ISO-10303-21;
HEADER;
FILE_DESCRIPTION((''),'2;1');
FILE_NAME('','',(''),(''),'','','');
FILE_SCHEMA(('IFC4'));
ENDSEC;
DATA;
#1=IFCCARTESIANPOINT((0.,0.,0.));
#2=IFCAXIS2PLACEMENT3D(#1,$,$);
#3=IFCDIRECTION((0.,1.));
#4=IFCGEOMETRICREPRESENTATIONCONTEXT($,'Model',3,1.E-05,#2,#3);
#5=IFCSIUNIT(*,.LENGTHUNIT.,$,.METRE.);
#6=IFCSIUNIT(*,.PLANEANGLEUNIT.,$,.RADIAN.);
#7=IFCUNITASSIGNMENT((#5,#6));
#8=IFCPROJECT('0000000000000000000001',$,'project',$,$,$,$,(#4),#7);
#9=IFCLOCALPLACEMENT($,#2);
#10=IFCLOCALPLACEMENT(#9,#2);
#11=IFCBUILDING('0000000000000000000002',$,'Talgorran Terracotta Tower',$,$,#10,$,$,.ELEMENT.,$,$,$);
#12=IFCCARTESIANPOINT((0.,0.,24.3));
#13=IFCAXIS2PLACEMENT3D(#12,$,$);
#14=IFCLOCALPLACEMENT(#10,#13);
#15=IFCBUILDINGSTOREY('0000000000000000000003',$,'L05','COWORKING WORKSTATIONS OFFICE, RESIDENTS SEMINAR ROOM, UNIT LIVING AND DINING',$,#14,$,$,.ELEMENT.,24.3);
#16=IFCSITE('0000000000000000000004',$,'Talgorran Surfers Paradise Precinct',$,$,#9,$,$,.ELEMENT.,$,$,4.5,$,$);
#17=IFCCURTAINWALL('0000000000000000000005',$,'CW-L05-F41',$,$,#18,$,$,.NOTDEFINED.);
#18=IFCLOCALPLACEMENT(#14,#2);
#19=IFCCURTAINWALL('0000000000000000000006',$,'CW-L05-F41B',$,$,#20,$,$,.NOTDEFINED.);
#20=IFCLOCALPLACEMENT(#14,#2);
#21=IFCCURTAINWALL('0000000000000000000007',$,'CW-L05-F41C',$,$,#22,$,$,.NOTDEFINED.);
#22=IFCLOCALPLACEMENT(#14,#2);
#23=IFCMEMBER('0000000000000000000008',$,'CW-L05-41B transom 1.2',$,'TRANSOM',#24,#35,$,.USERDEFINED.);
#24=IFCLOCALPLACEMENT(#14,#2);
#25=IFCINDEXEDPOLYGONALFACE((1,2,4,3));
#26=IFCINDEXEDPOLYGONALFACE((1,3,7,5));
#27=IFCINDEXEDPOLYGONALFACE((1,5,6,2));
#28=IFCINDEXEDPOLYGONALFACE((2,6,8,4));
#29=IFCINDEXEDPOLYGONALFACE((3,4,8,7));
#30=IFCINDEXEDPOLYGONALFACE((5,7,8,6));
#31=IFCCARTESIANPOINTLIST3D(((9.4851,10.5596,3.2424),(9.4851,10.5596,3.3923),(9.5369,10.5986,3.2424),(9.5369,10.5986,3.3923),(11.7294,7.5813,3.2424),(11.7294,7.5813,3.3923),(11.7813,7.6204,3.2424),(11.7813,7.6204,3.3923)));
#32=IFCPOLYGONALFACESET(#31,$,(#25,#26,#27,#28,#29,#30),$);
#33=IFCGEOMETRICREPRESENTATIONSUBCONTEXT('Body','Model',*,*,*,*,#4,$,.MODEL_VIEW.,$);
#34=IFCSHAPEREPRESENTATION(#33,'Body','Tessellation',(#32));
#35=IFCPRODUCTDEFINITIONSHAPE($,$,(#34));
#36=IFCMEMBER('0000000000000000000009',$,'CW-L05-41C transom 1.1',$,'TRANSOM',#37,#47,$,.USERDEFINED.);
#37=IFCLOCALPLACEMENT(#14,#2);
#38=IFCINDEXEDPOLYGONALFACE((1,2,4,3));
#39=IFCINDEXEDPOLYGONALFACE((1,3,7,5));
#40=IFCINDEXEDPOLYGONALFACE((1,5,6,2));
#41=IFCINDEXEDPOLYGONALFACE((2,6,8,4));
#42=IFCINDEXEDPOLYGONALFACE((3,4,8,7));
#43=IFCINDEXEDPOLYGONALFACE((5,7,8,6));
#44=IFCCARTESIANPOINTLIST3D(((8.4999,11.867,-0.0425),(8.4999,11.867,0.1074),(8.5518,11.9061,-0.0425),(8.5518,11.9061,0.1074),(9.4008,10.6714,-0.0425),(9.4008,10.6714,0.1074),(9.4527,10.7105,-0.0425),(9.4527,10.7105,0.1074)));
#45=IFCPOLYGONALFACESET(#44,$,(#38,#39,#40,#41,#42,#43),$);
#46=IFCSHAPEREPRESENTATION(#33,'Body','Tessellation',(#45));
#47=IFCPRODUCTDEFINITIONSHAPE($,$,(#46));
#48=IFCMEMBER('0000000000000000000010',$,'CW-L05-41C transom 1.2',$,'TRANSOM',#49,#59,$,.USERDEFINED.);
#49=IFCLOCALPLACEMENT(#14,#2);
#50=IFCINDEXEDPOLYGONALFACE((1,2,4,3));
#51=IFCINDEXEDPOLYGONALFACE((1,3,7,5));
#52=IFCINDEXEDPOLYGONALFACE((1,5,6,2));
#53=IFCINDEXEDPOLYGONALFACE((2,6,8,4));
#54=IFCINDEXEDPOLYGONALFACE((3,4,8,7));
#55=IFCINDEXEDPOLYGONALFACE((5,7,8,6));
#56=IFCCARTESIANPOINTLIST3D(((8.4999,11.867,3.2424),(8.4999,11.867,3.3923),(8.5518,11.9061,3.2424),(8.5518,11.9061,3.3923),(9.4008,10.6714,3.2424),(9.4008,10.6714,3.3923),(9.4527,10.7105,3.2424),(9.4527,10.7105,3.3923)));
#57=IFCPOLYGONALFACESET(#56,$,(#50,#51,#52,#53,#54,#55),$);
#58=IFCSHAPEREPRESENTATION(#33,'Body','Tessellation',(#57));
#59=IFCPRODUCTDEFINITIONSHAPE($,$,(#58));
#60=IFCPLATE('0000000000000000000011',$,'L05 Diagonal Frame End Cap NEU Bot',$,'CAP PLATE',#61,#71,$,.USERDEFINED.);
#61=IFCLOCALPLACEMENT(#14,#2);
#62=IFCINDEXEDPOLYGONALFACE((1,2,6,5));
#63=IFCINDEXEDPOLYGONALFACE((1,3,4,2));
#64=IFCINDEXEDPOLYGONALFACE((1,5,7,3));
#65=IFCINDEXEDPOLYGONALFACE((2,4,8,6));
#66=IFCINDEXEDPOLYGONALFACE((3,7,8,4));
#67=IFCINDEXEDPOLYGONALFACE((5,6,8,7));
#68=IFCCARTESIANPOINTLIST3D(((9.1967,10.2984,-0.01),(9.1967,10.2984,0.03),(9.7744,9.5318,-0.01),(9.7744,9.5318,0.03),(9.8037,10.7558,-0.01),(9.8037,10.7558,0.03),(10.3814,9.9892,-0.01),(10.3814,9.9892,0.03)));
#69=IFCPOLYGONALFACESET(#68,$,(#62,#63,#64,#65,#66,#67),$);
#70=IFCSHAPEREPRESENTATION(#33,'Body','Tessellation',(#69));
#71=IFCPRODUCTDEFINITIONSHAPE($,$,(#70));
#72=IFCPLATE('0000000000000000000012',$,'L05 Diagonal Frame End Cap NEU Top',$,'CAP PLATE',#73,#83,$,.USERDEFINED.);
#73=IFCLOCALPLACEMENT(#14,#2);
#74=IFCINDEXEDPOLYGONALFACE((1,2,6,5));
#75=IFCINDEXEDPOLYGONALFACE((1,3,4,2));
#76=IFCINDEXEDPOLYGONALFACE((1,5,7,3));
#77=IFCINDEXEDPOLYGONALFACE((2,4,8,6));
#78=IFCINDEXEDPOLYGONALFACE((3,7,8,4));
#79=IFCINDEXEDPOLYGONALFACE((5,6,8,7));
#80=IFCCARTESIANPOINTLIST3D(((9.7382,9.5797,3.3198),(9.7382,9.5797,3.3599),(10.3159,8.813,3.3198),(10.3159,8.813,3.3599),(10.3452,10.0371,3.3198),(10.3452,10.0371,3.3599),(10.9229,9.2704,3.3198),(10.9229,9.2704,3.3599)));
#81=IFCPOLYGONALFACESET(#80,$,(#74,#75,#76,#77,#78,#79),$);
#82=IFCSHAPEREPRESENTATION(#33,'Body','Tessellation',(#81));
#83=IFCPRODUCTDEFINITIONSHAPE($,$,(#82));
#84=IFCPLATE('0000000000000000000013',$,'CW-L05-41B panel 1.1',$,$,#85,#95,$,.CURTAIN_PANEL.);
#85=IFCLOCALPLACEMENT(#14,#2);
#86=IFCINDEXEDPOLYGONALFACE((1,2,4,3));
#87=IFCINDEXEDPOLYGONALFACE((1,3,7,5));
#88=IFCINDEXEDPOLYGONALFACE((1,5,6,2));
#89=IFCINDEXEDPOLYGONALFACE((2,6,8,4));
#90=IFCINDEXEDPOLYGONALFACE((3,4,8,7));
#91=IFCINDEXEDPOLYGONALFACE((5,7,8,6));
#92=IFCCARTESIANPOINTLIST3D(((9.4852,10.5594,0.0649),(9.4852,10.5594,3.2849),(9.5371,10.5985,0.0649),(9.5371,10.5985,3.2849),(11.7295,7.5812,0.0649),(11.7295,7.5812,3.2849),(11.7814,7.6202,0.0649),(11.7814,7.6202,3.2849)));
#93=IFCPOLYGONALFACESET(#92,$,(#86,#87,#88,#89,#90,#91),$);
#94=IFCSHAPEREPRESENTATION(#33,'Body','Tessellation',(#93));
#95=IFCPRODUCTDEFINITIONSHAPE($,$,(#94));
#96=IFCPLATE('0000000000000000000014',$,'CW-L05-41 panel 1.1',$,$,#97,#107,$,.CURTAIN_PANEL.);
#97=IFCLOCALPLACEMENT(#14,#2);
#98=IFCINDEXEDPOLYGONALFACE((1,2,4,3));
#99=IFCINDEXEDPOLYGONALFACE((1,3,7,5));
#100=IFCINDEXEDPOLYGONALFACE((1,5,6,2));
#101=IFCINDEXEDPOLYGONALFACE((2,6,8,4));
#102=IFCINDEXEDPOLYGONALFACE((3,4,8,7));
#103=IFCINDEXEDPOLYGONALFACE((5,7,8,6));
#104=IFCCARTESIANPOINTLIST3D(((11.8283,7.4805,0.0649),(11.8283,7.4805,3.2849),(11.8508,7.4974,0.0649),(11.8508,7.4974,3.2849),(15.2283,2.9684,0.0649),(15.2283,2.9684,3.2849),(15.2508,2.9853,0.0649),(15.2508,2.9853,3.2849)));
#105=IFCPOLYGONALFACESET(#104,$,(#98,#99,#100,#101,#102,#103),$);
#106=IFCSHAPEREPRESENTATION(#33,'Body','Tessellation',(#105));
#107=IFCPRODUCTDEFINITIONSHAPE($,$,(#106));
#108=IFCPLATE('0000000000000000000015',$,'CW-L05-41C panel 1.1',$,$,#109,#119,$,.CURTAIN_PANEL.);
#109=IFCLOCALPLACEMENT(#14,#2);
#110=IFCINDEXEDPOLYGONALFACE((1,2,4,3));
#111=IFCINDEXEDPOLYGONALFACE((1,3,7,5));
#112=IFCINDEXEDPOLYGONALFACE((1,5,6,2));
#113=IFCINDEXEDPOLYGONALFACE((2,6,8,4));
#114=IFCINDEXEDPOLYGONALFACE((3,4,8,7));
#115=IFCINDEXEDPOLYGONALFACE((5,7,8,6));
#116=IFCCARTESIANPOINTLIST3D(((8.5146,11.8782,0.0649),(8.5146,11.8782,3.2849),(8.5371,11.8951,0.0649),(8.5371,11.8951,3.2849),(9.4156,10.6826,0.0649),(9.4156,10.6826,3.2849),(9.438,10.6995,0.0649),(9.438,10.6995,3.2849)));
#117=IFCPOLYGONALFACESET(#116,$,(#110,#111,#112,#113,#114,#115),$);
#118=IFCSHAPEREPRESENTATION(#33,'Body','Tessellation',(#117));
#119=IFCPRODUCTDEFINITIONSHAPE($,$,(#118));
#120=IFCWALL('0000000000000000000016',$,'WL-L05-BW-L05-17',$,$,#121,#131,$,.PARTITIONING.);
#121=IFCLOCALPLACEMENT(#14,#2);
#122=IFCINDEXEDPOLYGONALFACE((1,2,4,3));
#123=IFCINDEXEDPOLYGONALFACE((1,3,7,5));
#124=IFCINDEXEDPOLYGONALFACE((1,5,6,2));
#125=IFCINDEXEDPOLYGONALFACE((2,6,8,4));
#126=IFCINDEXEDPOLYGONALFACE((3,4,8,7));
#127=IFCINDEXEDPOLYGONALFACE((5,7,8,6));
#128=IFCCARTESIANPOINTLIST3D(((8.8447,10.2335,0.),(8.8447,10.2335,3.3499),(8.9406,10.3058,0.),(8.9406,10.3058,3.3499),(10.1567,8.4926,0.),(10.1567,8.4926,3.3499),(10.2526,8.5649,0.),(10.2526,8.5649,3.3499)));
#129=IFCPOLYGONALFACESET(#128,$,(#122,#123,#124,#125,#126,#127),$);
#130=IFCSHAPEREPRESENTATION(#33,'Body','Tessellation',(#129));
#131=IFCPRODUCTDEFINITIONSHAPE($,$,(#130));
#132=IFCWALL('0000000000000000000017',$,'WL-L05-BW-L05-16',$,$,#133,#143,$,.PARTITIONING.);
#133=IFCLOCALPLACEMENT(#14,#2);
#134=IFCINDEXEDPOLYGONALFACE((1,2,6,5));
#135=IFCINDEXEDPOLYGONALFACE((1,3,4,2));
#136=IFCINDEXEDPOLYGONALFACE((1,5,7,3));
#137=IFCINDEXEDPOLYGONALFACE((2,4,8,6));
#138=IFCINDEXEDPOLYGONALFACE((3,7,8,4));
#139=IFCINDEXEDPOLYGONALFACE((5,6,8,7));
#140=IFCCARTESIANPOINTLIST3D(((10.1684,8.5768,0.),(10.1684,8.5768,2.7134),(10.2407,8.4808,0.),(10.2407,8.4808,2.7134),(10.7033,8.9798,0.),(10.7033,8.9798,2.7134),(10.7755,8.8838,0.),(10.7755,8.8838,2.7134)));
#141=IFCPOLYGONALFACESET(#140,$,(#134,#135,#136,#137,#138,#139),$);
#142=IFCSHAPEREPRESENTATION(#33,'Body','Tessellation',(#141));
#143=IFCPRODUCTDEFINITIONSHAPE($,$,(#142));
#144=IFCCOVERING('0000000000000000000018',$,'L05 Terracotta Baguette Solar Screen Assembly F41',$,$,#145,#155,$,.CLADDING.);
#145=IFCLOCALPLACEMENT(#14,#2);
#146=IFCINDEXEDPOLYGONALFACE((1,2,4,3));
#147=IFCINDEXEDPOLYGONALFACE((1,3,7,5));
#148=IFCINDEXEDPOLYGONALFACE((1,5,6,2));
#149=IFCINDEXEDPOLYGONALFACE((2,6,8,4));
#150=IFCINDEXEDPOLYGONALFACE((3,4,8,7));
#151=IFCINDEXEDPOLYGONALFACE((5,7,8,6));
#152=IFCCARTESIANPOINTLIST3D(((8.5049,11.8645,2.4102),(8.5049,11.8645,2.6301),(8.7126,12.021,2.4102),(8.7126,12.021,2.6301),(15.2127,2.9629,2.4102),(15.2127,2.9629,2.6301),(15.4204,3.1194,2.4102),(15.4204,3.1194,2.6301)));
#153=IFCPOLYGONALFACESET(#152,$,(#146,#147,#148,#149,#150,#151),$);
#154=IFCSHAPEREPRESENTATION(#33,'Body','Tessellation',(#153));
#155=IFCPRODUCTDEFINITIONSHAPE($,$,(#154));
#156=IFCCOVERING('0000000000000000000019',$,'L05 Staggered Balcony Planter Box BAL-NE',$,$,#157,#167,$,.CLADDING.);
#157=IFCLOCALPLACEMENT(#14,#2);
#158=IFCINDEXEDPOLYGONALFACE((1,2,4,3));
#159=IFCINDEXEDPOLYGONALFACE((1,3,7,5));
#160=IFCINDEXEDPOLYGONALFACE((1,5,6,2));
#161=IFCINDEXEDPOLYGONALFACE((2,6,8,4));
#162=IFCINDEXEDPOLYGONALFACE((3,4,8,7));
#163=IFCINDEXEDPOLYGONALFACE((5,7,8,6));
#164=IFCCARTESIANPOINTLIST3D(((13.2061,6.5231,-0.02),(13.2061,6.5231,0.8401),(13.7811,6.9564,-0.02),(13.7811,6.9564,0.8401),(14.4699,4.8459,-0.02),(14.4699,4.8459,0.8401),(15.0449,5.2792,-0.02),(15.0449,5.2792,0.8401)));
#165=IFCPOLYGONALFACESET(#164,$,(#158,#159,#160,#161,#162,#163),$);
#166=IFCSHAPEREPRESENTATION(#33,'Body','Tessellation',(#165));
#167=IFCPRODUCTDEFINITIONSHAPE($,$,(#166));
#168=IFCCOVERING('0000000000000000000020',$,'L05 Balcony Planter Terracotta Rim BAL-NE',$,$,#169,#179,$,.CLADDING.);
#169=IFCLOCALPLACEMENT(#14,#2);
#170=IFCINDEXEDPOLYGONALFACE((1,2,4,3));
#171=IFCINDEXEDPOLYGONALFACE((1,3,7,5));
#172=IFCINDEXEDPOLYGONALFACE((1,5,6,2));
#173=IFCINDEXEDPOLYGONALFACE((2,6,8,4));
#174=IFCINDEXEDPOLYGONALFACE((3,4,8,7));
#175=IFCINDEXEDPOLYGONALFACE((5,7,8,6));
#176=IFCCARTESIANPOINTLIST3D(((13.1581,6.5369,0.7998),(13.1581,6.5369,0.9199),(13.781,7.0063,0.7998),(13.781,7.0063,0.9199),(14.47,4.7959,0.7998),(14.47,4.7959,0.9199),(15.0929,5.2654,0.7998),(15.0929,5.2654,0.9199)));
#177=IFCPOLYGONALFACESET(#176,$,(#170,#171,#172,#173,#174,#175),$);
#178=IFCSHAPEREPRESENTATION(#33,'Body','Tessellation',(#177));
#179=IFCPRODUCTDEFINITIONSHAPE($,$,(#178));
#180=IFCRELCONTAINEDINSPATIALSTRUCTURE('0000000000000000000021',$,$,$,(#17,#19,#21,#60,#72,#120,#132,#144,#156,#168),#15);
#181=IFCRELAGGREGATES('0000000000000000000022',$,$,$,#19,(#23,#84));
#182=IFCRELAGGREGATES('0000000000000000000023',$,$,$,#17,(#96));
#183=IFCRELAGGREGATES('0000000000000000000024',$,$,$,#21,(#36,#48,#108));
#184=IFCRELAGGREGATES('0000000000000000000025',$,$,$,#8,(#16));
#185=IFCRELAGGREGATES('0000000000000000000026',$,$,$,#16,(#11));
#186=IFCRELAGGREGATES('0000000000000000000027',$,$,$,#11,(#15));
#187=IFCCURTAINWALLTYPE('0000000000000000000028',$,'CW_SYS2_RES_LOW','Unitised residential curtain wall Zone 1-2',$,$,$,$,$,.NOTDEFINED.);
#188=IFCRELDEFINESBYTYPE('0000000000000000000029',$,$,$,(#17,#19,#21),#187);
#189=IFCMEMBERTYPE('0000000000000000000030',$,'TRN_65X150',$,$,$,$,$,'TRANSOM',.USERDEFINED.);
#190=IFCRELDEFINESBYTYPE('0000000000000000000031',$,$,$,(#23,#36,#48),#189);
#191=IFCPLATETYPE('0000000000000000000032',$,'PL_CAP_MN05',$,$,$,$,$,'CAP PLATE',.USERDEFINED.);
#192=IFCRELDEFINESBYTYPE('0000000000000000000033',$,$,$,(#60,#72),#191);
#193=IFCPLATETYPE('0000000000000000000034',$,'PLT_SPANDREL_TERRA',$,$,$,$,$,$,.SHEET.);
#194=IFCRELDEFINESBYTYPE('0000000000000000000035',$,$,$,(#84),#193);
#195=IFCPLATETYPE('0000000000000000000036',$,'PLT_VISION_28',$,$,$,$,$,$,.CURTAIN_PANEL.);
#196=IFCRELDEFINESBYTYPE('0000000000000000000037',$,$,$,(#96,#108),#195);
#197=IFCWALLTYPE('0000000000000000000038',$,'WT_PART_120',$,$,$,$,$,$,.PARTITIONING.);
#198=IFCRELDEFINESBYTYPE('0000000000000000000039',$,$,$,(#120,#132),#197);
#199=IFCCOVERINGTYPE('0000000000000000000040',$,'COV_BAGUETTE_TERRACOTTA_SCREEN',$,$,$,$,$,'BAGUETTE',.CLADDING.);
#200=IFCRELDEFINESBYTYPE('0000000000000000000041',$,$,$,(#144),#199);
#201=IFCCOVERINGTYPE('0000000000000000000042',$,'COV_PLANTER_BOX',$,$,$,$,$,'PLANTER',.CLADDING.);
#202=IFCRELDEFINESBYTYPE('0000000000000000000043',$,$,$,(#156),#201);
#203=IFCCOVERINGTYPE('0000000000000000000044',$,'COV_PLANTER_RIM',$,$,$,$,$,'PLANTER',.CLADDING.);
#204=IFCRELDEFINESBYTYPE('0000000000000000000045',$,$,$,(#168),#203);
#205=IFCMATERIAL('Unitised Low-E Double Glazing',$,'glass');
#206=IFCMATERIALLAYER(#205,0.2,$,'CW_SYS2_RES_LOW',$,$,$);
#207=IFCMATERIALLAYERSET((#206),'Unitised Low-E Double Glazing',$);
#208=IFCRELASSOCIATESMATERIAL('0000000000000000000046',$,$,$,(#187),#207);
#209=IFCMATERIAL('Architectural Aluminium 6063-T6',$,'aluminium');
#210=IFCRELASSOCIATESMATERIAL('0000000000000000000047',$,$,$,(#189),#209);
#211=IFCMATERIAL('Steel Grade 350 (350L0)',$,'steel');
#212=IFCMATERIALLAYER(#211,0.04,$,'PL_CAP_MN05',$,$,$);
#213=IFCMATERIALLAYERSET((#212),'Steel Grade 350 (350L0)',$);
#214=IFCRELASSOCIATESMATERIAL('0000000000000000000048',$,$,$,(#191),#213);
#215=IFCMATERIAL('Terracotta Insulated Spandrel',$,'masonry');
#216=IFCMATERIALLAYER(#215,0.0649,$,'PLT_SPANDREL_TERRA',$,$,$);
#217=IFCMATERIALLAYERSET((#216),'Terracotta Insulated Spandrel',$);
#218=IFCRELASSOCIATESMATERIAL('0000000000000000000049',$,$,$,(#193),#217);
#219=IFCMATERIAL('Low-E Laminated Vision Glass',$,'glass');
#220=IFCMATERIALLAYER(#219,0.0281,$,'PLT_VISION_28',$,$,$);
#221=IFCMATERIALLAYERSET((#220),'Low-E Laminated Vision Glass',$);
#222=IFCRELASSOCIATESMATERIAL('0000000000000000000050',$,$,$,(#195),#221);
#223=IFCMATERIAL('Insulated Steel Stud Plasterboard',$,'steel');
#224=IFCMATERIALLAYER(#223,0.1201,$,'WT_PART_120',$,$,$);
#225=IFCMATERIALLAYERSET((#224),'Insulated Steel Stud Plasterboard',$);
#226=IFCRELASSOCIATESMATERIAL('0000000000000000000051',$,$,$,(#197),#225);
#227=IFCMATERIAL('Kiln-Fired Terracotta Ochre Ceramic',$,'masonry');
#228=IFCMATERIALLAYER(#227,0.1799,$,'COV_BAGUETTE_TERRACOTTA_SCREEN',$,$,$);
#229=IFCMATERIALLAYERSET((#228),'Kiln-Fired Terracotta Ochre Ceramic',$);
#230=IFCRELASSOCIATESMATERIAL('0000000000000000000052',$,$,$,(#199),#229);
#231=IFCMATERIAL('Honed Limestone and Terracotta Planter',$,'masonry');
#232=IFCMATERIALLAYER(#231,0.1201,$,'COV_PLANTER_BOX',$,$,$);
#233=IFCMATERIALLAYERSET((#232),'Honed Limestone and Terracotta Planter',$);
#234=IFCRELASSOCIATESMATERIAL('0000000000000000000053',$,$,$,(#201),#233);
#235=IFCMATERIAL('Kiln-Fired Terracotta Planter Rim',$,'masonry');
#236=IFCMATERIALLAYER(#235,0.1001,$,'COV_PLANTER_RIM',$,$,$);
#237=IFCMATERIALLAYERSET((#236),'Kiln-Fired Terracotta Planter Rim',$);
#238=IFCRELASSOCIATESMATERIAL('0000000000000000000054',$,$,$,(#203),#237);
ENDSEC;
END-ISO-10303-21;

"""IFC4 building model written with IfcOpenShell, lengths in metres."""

from ifc_helpers import new_model, si_unit, direction, frame, frame_2d, origin, origin_2d, place, context, subcontext, project, spatial, rectangle, extrude, source, transform, mapped, material, layer, layer_set, material_profile, profile_set, type_object, type_shapes, element, aggregate, save


model = new_model("IFC4")

# Units and contexts
model_context = context("Model", 3, precision=1e-05, world=origin(), true_north=direction((0.0, 1.0)))
body_context = subcontext(model_context, "Body", "Model", "MODEL_VIEW")
ifc_project = project(units=[si_unit("LENGTHUNIT", "METRE"), si_unit("PLANEANGLEUNIT", "RADIAN")], contexts=[model_context])

# Site, building, storey
site_placement = place(None, origin())
site = spatial("IfcSite", under=ifc_project, at=site_placement, Name="Talgorran Surfers Paradise Precinct", CompositionType="ELEMENT", RefElevation=4.5)
building_placement = place(site_placement, origin())
building = spatial("IfcBuilding", under=site, at=building_placement, Name="Talgorran Terracotta Tower", CompositionType="ELEMENT")
storey_placement = place(building_placement, frame((0.0, 0.0, 24.3)))
storey = spatial("IfcBuildingStorey", under=building, at=storey_placement, Name="L05", Description="COWORKING WORKSTATIONS OFFICE, RESIDENTS SEMINAR ROOM, UNIT LIVING AND DINING", CompositionType="ELEMENT", Elevation=24.3)

# Shared definitions
ifc_material_1 = material(Name="Steel Grade 350 (350L0)", Category="steel")

# Curtain wall
ifc_material_2 = material(Name="Unitised Low-E Double Glazing", Category="glass")
ifc_layer_1 = layer(ifc_material_2, 0.2, Name="CW_SYS2_RES_LOW")
ifc_layer_set_1 = layer_set([ifc_layer_1], Name="Unitised Low-E Double Glazing")
curtain_wall_type = type_object("IfcCurtainWallType", Name="CW_SYS2_RES_LOW", Description="Unitised residential curtain wall Zone 1-2", PredefinedType="NOTDEFINED", material=ifc_layer_set_1)
curtain_wall_1_placement = place(storey_placement, origin())
curtain_wall_1 = element("IfcCurtainWall", 1, at=curtain_wall_1_placement, inside=storey, type_object=curtain_wall_type, Name="CW-L05-F41", PredefinedType="NOTDEFINED")
ifc_material_3 = material(Name="Architectural Aluminium 6063-T6", Category="aluminium")

# Curtain wall
curtain_wall_2_placement = place(storey_placement, origin())
curtain_wall_2 = element("IfcCurtainWall", 2, at=curtain_wall_2_placement, inside=storey, type_object=curtain_wall_type, Name="CW-L05-F41B", PredefinedType="NOTDEFINED")

# Curtain wall
curtain_wall_3_placement = place(storey_placement, origin())
curtain_wall_3 = element("IfcCurtainWall", 3, at=curtain_wall_3_placement, inside=storey, type_object=curtain_wall_type, Name="CW-L05-F41C", PredefinedType="NOTDEFINED")

# Members
ifc_material_profile_1 = material_profile(ifc_material_3, rectangle(XDim=0.0649, YDim=0.1499, at=origin_2d()), Name="CWT65X150")
ifc_profile_set_1 = profile_set([ifc_material_profile_1], Name="Architectural Aluminium 6063-T6")
member_type_1 = type_object("IfcMemberType", Name="TRN_65X150", ElementType="TRANSOM", PredefinedType="USERDEFINED", material=ifc_profile_set_1)
member_1_placement = place(storey_placement, frame((11.7554, 7.6008, 3.3174), z_axis=(-0.601831, 0.798623, 0.0), x_axis=(-0.798623, -0.601831, 0.0)))
member_1 = element("IfcMember", 4, at=member_1_placement, type_object=member_type_1, Name="CW-L05-41B transom 1.2", ObjectType="TRANSOM", PredefinedType="USERDEFINED", context=body_context, shape_type="SweptSolid", body=[
    extrude(rectangle(XDim=0.0649, YDim=0.1499, at=origin_2d()), origin(), (0.0, 0.0, 1.0), 3.7292),
])
member_2_placement = place(storey_placement, frame((9.4268, 10.6909, 0.0325), z_axis=(-0.601799, 0.798648, 0.0), x_axis=(-0.798648, -0.601799, 0.0)))
member_2 = element("IfcMember", 5, at=member_2_placement, type_object=member_type_1, Name="CW-L05-41C transom 1.1", ObjectType="TRANSOM", PredefinedType="USERDEFINED", context=body_context, shape_type="SweptSolid", body=[
    extrude(rectangle(XDim=0.0649, YDim=0.1499, at=origin_2d()), origin(), (0.0, 0.0, 1.0), 1.4971),
])
member_3_placement = place(storey_placement, frame((9.4268, 10.6909, 3.3174), z_axis=(-0.601799, 0.798648, 0.0), x_axis=(-0.798648, -0.601799, 0.0)))
member_3 = element("IfcMember", 6, at=member_3_placement, type_object=member_type_1, Name="CW-L05-41C transom 1.2", ObjectType="TRANSOM", PredefinedType="USERDEFINED", context=body_context, shape_type="SweptSolid", body=[
    extrude(rectangle(XDim=0.0649, YDim=0.1499, at=origin_2d()), origin(), (0.0, 0.0, 1.0), 1.4971),
])

# Plates
ifc_layer_2 = layer(ifc_material_1, 0.04, Name="PL_CAP_MN05")
ifc_layer_set_2 = layer_set([ifc_layer_2], Name="Steel Grade 350 (350L0)")
plate_type_1 = type_object("IfcPlateType", Name="PL_CAP_MN05", ElementType="CAP PLATE", PredefinedType="USERDEFINED", material=ifc_layer_set_2)
for number, where, z_axis, x_axis, name in (
    (7, (9.7891, 10.1438, -0.01), (0.0, 0.0, 1.0), (0.601815, -0.798636, 0.0), "L05 Diagonal Frame End Cap NEU Bot"),
    (8, (10.3306, 9.425, 3.3198), (0.0, 0.0, 1.0), (0.601815, -0.798636, 0.0), "L05 Diagonal Frame End Cap NEU Top"),
):
    element("IfcPlate", number, at=place(storey_placement, frame(where, z_axis=z_axis, x_axis=x_axis)), inside=storey, type_object=plate_type_1, Name=name, ObjectType="CAP PLATE", PredefinedType="USERDEFINED", context=body_context, shape_type="SweptSolid", body=[
        extrude(rectangle(XDim=0.96, YDim=0.76, at=origin_2d()), origin(), (0.0, 0.0, 1.0), 0.04),
    ])

# Plates
ifc_material_4 = material(Name="Terracotta Insulated Spandrel", Category="masonry")
ifc_layer_3 = layer(ifc_material_4, 0.0649, Name="PLT_SPANDREL_TERRA")
ifc_layer_set_3 = layer_set([ifc_layer_3], Name="Terracotta Insulated Spandrel")
plate_type_2 = type_object("IfcPlateType", Name="PLT_SPANDREL_TERRA", PredefinedType="SHEET", material=ifc_layer_set_3)
shared_shape_1 = source(origin(), body_context, "Body", "SweptSolid", [
    extrude(rectangle(XDim=3.7292, YDim=0.0649, at=origin_2d()), origin(), (0.0, 0.0, 1.0), 3.22),
])
type_shapes(plate_type_2, [shared_shape_1])
plate_1_placement = place(storey_placement, frame((10.6333, 9.0898, 0.0649), z_axis=(0.0, 0.0, 1.0), x_axis=(-0.601827, 0.798627, 0.0)))
plate_1 = element("IfcPlate", 9, at=plate_1_placement, type_object=plate_type_2, Name="CW-L05-41B panel 1.1", PredefinedType="CURTAIN_PANEL", context=body_context, shape_type="MappedRepresentation", body=[
    mapped(shared_shape_1, transform((0.0, 0.0, 0.0), scale=1.0)),
])
aggregate(curtain_wall_2, [member_1, plate_1])
ifc_material_5 = material(Name="Low-E Laminated Vision Glass", Category="glass")
ifc_layer_4 = layer(ifc_material_5, 0.0281, Name="PLT_VISION_28")
ifc_layer_set_4 = layer_set([ifc_layer_4], Name="Low-E Laminated Vision Glass")
plate_type_3 = type_object("IfcPlateType", Name="PLT_VISION_28", PredefinedType="CURTAIN_PANEL", material=ifc_layer_set_4)
shared_shape_2 = source(origin(), body_context, "Body", "SweptSolid", [
    extrude(rectangle(XDim=5.6497, YDim=0.0281, at=origin_2d()), origin(), (0.0, 0.0, 1.0), 3.22),
])
plate_2_placement = place(storey_placement, frame((13.5396, 5.2329, 0.0649), z_axis=(0.0, 0.0, 1.0), x_axis=(-0.601809, 0.79864, 0.0)))
plate_2 = element("IfcPlate", 10, at=plate_2_placement, type_object=plate_type_3, Name="CW-L05-41 panel 1.1", PredefinedType="CURTAIN_PANEL", context=body_context, shape_type="MappedRepresentation", body=[
    mapped(shared_shape_2, transform((0.0, 0.0, 0.0), scale=1.0)),
])
aggregate(curtain_wall_1, [plate_2])
shared_shape_3 = source(origin(), body_context, "Body", "SweptSolid", [
    extrude(rectangle(XDim=1.4971, YDim=0.0281, at=origin_2d()), origin(), (0.0, 0.0, 1.0), 3.22),
])
type_shapes(plate_type_3, [shared_shape_2, shared_shape_3])
plate_3_placement = place(storey_placement, frame((8.9763, 11.2888, 0.0649), z_axis=(0.0, 0.0, 1.0), x_axis=(-0.601798, 0.798648, 0.0)))
plate_3 = element("IfcPlate", 11, at=plate_3_placement, type_object=plate_type_3, Name="CW-L05-41C panel 1.1", PredefinedType="CURTAIN_PANEL", context=body_context, shape_type="MappedRepresentation", body=[
    mapped(shared_shape_3, transform((0.0, 0.0, 0.0), scale=1.0)),
])
aggregate(curtain_wall_3, [member_2, member_3, plate_3])

# Walls
ifc_material_6 = material(Name="Insulated Steel Stud Plasterboard", Category="steel")
ifc_layer_5 = layer(ifc_material_6, 0.1201, Name="WT_PART_120")
ifc_layer_set_5 = layer_set([ifc_layer_5], Name="Insulated Steel Stud Plasterboard")
wall_type = type_object("IfcWallType", Name="WT_PART_120", PredefinedType="PARTITIONING", material=ifc_layer_set_5)
wall_1_placement = place(storey_placement, frame((10.2046, 8.5288, 0.0), z_axis=(0.0, 0.0, 1.0), x_axis=(-0.601844, 0.798614, 0.0)))
element("IfcWall", 12, at=wall_1_placement, inside=storey, type_object=wall_type, Name="WL-L05-BW-L05-17", PredefinedType="PARTITIONING", context=body_context, shape_type="SweptSolid", body=[
    extrude(rectangle(XDim=2.1799, YDim=0.1201, at=frame_2d((1.0898, 0.0))), origin(), (0.0, 0.0, 1.0), 3.3499),
])
wall_2_placement = place(storey_placement, frame((10.7395, 8.9319, 0.0), z_axis=(0.0, 0.0, 1.0), x_axis=(-0.798642, -0.601806, 0.0)))
element("IfcWall", 13, at=wall_2_placement, inside=storey, type_object=wall_type, Name="WL-L05-BW-L05-16", PredefinedType="PARTITIONING", context=body_context, shape_type="SweptSolid", body=[
    extrude(rectangle(XDim=0.6697, YDim=0.1201, at=frame_2d((0.335, 0.0))), origin(), (0.0, 0.0, 1.0), 2.7134),
])

# Coverings
ifc_material_7 = material(Name="Kiln-Fired Terracotta Ochre Ceramic", Category="masonry")
ifc_layer_6 = layer(ifc_material_7, 0.1799, Name="COV_BAGUETTE_TERRACOTTA_SCREEN")
ifc_layer_set_6 = layer_set([ifc_layer_6], Name="Kiln-Fired Terracotta Ochre Ceramic")
covering_type_1 = type_object("IfcCoveringType", Name="COV_BAGUETTE_TERRACOTTA_SCREEN", ElementType="BAGUETTE", PredefinedType="CLADDING", material=ifc_layer_set_6)
covering_1_placement = place(storey_placement, frame((11.9626, 7.4919, 2.4102), z_axis=(0.0, 0.0, 1.0), x_axis=(-0.601815, 0.798636, 0.0)))
element("IfcCovering", 14, at=covering_1_placement, inside=storey, type_object=covering_type_1, Name="L05 Terracotta Baguette Solar Screen Assembly F41", PredefinedType="CLADDING", context=body_context, shape_type="SweptSolid", body=[
    extrude(rectangle(XDim=11.146, YDim=0.26, at=origin_2d()), origin(), (0.0, 0.0, 1.0), 0.22),
])
ifc_material_8 = material(Name="Honed Limestone and Terracotta Planter", Category="masonry")
ifc_layer_7 = layer(ifc_material_8, 0.1201, Name="COV_PLANTER_BOX")
ifc_layer_set_7 = layer_set([ifc_layer_7], Name="Honed Limestone and Terracotta Planter")
covering_type_2 = type_object("IfcCoveringType", Name="COV_PLANTER_BOX", ElementType="PLANTER", PredefinedType="CLADDING", material=ifc_layer_set_7)
covering_2_placement = place(storey_placement, frame((14.1255, 5.9011, -0.02), z_axis=(0.0, 0.0, 1.0), x_axis=(-0.601815, 0.798636, 0.0)))
element("IfcCovering", 15, at=covering_2_placement, inside=storey, type_object=covering_type_2, Name="L05 Staggered Balcony Planter Box BAL-NE", PredefinedType="CLADDING", context=body_context, shape_type="SweptSolid", body=[
    extrude(rectangle(XDim=2.1001, YDim=0.72, at=origin_2d()), origin(), (0.0, 0.0, 1.0), 0.8601),
])
ifc_material_9 = material(Name="Kiln-Fired Terracotta Planter Rim", Category="masonry")
ifc_layer_8 = layer(ifc_material_9, 0.1001, Name="COV_PLANTER_RIM")
ifc_layer_set_8 = layer_set([ifc_layer_8], Name="Kiln-Fired Terracotta Planter Rim")
covering_type_3 = type_object("IfcCoveringType", Name="COV_PLANTER_RIM", ElementType="PLANTER", PredefinedType="CLADDING", material=ifc_layer_set_8)
covering_3_placement = place(storey_placement, frame((14.1255, 5.9011, 0.7998), z_axis=(0.0, 0.0, 1.0), x_axis=(-0.601815, 0.798636, 0.0)))
element("IfcCovering", 16, at=covering_3_placement, inside=storey, type_object=covering_type_3, Name="L05 Balcony Planter Terracotta Rim BAL-NE", PredefinedType="CLADDING", context=body_context, shape_type="SweptSolid", body=[
    extrude(rectangle(XDim=2.1799, YDim=0.78, at=origin_2d()), origin(), (0.0, 0.0, 1.0), 0.1201),
])

save(model, "model.ifc")
